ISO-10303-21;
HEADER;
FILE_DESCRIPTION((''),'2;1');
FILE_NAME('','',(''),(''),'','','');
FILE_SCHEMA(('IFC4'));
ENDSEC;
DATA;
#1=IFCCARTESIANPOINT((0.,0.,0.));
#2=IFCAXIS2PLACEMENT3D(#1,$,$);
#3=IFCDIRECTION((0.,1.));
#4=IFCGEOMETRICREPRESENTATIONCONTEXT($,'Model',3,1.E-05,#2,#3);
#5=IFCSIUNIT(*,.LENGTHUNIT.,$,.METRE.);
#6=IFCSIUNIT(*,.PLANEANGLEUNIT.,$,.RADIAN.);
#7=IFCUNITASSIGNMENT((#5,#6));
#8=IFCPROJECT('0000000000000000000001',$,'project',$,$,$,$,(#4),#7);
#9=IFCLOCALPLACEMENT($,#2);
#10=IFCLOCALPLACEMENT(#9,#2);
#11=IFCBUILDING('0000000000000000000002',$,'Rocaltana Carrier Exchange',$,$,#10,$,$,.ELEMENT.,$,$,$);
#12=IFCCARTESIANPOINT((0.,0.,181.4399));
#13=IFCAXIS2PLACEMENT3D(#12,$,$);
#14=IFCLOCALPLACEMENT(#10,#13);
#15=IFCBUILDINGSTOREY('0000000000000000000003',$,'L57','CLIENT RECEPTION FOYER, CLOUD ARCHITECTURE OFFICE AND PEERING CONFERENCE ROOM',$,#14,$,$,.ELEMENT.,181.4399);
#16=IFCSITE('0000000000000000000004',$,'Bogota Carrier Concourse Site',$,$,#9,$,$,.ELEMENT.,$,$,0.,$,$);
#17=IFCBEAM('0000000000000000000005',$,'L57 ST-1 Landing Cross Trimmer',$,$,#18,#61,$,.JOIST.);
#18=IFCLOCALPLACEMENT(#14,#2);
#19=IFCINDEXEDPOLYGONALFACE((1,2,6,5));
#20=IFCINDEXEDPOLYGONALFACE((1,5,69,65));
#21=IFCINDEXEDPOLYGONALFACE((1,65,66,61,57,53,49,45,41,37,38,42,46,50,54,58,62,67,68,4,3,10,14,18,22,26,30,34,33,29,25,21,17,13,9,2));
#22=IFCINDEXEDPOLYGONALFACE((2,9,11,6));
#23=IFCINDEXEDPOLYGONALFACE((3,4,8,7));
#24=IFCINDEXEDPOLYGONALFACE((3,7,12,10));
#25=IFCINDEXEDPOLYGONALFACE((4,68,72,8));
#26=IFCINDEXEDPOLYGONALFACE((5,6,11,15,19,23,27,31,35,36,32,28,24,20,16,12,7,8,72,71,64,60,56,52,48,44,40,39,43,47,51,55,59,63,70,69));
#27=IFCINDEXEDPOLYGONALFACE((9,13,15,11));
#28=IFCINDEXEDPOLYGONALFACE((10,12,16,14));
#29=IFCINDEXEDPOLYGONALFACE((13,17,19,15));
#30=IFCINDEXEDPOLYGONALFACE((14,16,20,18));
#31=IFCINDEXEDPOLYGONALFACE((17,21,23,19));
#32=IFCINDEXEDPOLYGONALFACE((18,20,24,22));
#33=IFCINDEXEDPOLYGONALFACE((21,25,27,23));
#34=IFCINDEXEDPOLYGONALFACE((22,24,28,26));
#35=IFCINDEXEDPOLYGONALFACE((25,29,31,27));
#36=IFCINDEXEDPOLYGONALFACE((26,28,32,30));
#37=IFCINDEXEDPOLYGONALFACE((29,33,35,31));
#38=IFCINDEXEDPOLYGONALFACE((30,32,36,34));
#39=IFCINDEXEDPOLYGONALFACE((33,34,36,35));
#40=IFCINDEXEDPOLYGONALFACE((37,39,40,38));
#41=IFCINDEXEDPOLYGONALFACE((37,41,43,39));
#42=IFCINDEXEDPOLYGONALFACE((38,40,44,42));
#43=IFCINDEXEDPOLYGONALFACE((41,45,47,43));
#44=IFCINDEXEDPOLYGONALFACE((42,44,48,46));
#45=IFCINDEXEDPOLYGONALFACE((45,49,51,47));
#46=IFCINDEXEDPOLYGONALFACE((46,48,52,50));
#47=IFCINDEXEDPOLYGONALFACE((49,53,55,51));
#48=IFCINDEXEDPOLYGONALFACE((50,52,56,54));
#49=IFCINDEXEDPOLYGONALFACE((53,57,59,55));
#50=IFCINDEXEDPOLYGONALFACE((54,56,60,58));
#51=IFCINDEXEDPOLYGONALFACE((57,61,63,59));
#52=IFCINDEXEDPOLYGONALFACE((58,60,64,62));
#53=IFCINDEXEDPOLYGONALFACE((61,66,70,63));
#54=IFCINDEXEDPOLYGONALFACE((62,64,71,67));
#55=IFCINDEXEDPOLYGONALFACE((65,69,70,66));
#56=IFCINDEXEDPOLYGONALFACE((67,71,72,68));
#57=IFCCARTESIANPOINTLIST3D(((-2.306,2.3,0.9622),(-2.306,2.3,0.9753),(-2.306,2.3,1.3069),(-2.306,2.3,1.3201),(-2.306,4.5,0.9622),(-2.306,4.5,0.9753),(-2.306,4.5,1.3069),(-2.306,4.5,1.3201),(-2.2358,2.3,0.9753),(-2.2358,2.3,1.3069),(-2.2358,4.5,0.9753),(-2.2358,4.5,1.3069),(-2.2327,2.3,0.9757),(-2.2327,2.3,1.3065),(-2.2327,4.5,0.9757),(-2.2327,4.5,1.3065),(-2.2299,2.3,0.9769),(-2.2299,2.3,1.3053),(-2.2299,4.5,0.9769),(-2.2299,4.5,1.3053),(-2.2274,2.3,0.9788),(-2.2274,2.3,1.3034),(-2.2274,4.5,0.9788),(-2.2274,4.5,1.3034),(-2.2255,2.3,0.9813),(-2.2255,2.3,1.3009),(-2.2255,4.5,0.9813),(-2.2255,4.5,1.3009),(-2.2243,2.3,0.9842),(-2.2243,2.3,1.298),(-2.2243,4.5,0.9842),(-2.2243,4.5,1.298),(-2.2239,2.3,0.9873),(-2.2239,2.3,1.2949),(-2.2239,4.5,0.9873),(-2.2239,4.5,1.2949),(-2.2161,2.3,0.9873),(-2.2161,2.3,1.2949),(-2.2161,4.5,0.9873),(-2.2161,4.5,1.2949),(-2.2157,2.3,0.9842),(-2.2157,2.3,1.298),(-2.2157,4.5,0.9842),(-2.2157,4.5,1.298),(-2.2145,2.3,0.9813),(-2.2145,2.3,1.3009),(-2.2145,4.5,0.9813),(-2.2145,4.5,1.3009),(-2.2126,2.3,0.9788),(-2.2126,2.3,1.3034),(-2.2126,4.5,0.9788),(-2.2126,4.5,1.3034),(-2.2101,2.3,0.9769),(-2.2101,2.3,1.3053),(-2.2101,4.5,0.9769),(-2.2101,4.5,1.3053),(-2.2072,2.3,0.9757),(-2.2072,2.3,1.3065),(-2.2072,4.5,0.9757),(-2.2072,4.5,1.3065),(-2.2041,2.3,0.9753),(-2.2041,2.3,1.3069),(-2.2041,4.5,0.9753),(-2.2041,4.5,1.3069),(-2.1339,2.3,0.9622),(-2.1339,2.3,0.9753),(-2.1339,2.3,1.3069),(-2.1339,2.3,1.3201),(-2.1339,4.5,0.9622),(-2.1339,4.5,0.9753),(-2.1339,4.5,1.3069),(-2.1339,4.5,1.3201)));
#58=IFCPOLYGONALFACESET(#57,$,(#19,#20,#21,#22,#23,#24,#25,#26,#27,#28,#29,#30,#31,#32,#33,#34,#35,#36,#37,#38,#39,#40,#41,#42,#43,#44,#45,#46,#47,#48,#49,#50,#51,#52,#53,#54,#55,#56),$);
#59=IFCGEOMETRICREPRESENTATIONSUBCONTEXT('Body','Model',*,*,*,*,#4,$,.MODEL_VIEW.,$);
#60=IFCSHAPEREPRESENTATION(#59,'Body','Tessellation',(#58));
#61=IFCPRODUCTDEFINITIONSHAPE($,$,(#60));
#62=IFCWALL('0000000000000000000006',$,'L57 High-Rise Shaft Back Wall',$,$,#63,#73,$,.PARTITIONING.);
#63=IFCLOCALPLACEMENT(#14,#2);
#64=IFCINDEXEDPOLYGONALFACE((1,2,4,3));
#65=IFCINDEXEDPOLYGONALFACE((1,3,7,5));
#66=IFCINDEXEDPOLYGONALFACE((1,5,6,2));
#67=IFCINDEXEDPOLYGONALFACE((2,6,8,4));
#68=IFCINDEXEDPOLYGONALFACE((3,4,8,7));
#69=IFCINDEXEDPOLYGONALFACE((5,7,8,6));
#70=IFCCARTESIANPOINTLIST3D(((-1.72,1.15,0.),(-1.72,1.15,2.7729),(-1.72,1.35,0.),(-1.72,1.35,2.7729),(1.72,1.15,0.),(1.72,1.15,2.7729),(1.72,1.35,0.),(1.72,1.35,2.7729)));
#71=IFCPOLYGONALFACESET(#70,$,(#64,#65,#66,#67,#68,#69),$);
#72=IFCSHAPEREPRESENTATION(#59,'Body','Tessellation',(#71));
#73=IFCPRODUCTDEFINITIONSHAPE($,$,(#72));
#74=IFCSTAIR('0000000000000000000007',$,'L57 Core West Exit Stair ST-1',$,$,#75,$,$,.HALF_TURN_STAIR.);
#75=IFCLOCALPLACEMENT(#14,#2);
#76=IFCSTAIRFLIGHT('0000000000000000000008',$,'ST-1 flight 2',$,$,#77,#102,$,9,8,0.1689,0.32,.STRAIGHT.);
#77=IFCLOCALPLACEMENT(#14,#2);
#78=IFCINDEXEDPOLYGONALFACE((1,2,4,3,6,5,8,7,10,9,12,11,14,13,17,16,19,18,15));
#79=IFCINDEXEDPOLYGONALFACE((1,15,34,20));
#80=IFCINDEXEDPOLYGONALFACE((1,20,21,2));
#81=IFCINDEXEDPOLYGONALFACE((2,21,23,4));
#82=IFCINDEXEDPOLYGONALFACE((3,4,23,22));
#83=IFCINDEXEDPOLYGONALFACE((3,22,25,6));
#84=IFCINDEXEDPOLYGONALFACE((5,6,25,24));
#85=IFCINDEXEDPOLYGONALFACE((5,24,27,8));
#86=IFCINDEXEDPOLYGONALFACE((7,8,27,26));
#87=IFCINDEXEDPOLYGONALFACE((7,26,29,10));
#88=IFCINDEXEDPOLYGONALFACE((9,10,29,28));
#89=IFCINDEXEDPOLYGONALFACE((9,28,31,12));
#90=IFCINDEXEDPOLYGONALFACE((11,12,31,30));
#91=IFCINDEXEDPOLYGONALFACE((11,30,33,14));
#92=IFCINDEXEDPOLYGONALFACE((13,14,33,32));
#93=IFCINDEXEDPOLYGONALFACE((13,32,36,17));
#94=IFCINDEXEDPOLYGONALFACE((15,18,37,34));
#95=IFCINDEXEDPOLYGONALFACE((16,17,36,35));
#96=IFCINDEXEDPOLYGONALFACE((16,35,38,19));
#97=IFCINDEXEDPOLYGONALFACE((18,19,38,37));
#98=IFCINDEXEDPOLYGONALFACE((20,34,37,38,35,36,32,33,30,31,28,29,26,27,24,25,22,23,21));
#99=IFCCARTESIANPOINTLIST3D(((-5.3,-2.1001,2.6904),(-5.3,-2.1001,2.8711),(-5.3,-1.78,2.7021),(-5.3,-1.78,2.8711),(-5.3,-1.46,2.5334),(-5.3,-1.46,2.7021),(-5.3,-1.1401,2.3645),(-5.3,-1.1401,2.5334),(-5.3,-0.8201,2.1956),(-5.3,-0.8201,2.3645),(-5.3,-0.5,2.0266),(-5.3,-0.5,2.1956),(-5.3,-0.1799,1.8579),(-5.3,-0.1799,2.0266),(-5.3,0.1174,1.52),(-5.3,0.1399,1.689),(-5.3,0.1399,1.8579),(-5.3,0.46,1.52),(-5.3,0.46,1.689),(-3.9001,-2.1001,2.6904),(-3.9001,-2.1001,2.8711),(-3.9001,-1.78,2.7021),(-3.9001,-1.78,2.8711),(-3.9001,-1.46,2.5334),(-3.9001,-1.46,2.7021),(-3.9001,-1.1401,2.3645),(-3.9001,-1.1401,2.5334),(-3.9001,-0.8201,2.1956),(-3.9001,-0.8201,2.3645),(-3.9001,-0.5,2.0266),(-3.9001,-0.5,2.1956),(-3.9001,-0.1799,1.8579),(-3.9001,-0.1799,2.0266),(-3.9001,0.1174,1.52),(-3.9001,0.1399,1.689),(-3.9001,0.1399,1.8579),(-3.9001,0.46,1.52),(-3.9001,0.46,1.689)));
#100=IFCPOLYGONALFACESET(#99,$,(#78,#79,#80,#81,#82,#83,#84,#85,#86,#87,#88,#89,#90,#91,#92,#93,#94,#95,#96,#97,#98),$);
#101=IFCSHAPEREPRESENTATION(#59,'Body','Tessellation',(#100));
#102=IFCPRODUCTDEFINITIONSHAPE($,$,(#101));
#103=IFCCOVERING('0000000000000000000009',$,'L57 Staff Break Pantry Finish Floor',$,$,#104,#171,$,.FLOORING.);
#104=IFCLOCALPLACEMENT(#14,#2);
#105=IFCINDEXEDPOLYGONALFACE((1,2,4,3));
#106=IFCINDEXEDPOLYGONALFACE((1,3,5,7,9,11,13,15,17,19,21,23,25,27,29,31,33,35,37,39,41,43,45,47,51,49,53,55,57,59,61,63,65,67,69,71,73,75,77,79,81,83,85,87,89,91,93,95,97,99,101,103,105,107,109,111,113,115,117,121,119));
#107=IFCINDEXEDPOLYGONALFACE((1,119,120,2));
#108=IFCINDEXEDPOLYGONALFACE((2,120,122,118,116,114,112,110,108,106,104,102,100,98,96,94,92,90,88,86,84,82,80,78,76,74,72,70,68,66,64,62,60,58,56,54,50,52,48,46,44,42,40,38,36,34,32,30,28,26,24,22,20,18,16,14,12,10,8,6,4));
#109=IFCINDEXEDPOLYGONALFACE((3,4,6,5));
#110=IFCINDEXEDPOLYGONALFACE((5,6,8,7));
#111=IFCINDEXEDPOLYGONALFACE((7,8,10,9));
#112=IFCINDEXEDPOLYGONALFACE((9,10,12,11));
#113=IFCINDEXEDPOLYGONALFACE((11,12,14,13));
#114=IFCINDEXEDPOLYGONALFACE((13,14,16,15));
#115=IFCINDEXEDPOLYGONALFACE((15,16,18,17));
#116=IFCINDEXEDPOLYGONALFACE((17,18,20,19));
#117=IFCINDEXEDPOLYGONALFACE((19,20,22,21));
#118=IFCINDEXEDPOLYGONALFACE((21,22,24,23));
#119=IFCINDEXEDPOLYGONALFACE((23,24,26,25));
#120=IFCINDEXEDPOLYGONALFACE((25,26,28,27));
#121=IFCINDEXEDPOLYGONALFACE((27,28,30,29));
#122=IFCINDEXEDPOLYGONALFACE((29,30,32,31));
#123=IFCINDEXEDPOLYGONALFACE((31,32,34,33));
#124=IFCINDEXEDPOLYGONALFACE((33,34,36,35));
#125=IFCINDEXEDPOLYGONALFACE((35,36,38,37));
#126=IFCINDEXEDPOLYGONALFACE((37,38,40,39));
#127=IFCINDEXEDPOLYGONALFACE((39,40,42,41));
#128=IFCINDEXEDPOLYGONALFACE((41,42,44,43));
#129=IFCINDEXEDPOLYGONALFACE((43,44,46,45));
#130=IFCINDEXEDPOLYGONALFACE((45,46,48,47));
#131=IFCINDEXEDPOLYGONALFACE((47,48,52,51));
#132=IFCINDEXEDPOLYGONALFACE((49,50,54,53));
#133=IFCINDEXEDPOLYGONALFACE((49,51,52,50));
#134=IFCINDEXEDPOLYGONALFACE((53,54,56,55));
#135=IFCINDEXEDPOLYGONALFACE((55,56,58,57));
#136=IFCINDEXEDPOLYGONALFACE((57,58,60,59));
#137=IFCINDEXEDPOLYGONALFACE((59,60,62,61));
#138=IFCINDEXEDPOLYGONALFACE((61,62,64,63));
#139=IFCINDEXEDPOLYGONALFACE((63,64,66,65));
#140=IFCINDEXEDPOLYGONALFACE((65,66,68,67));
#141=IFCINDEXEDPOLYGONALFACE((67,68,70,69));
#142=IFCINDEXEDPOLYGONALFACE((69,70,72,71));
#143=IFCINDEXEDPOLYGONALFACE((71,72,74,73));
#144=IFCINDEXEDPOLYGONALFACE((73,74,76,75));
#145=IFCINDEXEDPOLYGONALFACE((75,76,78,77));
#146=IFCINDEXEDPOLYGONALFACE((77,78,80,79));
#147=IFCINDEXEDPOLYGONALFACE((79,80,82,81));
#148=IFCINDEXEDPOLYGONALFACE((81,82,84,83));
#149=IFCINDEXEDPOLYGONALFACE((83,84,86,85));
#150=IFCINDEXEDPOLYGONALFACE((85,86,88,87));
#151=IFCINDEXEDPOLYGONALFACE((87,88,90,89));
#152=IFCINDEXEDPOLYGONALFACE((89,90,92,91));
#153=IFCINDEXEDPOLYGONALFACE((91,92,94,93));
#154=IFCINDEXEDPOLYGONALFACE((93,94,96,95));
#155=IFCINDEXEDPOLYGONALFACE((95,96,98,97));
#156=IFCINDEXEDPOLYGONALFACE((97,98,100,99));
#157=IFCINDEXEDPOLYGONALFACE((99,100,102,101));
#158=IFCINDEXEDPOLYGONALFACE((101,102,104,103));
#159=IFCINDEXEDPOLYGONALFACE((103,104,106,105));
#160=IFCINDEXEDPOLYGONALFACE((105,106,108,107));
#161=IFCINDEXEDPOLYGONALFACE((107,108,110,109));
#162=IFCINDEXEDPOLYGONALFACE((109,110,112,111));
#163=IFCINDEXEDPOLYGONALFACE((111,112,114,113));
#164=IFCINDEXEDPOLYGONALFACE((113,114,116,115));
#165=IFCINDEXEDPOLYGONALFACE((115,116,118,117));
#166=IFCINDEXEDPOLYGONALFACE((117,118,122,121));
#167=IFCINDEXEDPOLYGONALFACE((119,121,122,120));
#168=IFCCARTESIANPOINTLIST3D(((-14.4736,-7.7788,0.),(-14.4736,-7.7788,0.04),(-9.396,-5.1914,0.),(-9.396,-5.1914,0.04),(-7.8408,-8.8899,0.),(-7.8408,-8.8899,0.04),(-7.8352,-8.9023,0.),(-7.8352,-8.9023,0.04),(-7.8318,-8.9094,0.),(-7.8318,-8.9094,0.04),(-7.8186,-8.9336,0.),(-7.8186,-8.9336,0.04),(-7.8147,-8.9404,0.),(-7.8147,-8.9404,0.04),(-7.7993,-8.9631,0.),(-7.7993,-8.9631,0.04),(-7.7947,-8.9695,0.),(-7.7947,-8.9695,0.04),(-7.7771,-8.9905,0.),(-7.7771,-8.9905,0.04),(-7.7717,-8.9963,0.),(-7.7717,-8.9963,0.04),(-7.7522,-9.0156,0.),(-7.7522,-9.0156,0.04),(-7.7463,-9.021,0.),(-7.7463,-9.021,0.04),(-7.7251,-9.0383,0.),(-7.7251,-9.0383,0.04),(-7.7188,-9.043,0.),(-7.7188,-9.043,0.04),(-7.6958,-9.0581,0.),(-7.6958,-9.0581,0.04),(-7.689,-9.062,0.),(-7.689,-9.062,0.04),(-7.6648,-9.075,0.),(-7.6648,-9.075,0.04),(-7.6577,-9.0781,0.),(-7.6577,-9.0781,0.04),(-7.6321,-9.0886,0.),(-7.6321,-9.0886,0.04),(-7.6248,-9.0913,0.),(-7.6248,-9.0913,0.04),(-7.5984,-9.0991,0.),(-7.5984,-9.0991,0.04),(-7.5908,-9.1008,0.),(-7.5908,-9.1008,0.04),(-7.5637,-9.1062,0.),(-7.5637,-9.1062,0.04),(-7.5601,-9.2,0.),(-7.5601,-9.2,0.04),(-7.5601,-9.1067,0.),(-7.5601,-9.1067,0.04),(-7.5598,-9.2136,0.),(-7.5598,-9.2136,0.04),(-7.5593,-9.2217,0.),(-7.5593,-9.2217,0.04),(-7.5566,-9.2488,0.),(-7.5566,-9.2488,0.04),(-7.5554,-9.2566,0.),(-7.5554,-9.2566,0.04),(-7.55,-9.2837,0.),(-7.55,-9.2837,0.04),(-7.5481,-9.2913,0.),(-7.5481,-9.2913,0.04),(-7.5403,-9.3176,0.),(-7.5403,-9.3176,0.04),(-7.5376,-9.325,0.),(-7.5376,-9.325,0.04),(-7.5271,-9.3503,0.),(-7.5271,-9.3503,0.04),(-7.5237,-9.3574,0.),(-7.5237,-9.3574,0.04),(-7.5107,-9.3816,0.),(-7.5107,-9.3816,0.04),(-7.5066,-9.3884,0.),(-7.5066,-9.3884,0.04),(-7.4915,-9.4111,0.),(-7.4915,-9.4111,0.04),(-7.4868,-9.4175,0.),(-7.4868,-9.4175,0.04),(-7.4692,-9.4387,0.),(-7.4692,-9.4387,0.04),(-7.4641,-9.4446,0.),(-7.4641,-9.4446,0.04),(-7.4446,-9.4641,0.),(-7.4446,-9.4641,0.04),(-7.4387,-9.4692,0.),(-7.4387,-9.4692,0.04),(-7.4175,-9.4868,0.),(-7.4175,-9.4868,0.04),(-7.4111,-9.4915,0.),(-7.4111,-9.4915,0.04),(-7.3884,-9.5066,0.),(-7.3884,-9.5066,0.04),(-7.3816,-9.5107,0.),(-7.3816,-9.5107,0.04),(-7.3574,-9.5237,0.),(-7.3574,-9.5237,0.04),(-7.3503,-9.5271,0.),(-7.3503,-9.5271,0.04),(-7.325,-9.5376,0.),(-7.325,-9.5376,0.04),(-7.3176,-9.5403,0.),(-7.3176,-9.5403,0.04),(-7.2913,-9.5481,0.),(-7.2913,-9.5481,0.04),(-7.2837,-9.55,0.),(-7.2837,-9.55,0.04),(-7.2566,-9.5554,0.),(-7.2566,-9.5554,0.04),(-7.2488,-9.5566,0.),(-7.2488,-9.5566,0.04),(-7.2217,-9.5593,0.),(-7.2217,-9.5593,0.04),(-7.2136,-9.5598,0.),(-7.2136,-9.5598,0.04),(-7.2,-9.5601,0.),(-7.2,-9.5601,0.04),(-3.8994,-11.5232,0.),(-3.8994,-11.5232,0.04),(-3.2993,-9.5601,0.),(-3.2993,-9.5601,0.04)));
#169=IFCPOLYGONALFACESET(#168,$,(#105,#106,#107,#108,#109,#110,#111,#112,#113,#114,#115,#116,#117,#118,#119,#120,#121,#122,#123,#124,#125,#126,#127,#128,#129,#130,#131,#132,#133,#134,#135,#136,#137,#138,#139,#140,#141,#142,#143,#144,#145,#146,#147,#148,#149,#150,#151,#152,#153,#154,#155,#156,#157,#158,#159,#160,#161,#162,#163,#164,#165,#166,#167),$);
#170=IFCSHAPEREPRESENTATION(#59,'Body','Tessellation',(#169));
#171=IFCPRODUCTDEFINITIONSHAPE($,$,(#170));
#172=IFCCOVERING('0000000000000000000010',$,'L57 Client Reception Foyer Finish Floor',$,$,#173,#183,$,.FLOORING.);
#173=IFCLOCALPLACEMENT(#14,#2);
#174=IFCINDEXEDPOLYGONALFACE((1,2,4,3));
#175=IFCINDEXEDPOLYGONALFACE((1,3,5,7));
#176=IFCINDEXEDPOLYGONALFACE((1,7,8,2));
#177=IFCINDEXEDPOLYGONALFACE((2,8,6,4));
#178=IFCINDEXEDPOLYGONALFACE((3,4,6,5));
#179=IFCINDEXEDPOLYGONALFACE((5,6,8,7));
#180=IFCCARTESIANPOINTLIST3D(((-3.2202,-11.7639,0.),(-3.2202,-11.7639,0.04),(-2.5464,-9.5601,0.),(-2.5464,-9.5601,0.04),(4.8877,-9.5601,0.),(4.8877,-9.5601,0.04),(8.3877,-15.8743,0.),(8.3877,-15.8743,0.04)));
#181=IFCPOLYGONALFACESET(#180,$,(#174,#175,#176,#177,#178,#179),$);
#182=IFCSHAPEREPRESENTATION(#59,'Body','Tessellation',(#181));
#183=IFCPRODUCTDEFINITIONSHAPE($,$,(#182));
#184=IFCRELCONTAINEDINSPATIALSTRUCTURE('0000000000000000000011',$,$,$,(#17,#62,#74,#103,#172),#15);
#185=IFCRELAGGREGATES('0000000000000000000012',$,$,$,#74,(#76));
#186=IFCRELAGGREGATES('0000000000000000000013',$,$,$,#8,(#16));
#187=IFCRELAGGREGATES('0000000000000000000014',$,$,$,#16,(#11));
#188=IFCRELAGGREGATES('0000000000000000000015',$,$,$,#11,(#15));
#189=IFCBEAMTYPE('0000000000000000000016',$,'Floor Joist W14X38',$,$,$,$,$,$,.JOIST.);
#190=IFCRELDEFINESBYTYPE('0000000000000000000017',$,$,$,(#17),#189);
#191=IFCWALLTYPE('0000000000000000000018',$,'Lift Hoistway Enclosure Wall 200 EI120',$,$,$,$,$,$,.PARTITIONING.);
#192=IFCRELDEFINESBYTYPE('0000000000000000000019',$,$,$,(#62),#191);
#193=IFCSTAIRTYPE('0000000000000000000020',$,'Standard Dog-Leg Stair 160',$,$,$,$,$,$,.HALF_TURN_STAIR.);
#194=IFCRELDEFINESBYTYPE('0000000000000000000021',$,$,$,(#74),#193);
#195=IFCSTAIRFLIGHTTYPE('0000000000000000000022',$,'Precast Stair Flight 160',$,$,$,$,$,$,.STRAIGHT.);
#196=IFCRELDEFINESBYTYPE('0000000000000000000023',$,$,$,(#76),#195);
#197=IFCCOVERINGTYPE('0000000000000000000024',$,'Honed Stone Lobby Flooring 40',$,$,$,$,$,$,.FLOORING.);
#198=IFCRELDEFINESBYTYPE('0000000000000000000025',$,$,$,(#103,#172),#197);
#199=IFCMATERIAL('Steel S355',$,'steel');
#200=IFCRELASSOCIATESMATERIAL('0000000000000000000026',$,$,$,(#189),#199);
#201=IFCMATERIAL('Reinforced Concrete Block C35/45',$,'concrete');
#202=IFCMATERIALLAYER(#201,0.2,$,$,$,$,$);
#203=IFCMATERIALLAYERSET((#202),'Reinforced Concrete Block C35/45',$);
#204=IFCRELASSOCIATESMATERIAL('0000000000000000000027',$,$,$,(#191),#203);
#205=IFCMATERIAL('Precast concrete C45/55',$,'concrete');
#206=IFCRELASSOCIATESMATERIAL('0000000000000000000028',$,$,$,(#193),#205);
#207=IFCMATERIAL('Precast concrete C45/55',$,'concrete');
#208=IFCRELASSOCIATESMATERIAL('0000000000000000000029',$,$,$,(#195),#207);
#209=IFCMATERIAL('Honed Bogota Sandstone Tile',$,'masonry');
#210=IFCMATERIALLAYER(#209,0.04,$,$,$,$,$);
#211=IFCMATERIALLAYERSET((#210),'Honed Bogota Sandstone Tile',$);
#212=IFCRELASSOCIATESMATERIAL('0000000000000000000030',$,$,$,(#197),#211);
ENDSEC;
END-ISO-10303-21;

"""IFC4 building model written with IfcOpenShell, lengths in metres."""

from ifc_helpers import new_model, si_unit, direction, frame, frame_2d, origin, origin_2d, place, context, subcontext, project, spatial, polyline, rectangle, i_section, outline, extrude, material, layer, layer_set, material_profile, profile_set, type_object, element, aggregate, save


model = new_model("IFC4")

# Units and contexts
model_context = context("Model", 3, precision=1e-05, world=origin(), true_north=direction((0.0, 1.0)))
body_context = subcontext(model_context, "Body", "Model", "MODEL_VIEW")
ifc_project = project(units=[si_unit("LENGTHUNIT", "METRE"), si_unit("PLANEANGLEUNIT", "RADIAN")], contexts=[model_context])

# Site, building, storey
site_placement = place(None, origin())
site = spatial("IfcSite", under=ifc_project, at=site_placement, Name="Bogota Carrier Concourse Site", CompositionType="ELEMENT", RefElevation=0.0)
building_placement = place(site_placement, origin())
building = spatial("IfcBuilding", under=site, at=building_placement, Name="Rocaltana Carrier Exchange", CompositionType="ELEMENT")
storey_placement = place(building_placement, frame((0.0, 0.0, 181.4399)))
storey = spatial("IfcBuildingStorey", under=building, at=storey_placement, Name="L57", Description="CLIENT RECEPTION FOYER, CLOUD ARCHITECTURE OFFICE AND PEERING CONFERENCE ROOM", CompositionType="ELEMENT", Elevation=181.4399)

# Beam
ifc_material_1 = material(Name="Steel S355", Category="steel")
ifc_material_profile = material_profile(ifc_material_1, i_section(OverallWidth=0.1721, OverallDepth=0.3579, WebThickness=0.0078, FlangeThickness=0.0132, FilletRadius=0.012, at=origin_2d()), Name="W14X38")
ifc_profile_set = profile_set([ifc_material_profile], Name="Steel S355")
beam_type = type_object("IfcBeamType", Name="Floor Joist W14X38", PredefinedType="JOIST", material=ifc_profile_set)
beam_placement = place(storey_placement, frame((-2.22, 2.3, 1.1411), z_axis=(0.0, 1.0, 0.0), x_axis=(-1.0, 0.0, 0.0)))
element("IfcBeam", 1, at=beam_placement, inside=storey, type_object=beam_type, Name="L57 ST-1 Landing Cross Trimmer", PredefinedType="JOIST", context=body_context, shape_type="SweptSolid", body=[
    extrude(i_section(OverallWidth=0.1721, OverallDepth=0.3579, WebThickness=0.0078, FlangeThickness=0.0132, FilletRadius=0.012, at=origin_2d()), origin(), (0.0, 0.0, 1.0), 2.2),
])

# Wall
ifc_material_2 = material(Name="Reinforced Concrete Block C35/45", Category="concrete")
ifc_layer_1 = layer(ifc_material_2, 0.2)
ifc_layer_set_1 = layer_set([ifc_layer_1], Name="Reinforced Concrete Block C35/45")
wall_type = type_object("IfcWallType", Name="Lift Hoistway Enclosure Wall 200 EI120", PredefinedType="PARTITIONING", material=ifc_layer_set_1)
wall_placement = place(storey_placement, frame((-1.72, 1.25, 0.0), z_axis=(0.0, 0.0, 1.0), x_axis=(1.0, 0.0, 0.0)))
element("IfcWall", 2, at=wall_placement, inside=storey, type_object=wall_type, Name="L57 High-Rise Shaft Back Wall", PredefinedType="PARTITIONING", context=body_context, shape_type="SweptSolid", body=[
    extrude(rectangle(XDim=3.4399, YDim=0.2, at=frame_2d((1.72, 0.0))), origin(), (0.0, 0.0, 1.0), 2.7729),
])

# Stair, stair flight
ifc_material_3 = material(Name="Precast concrete C45/55", Category="concrete")
stair_type = type_object("IfcStairType", Name="Standard Dog-Leg Stair 160", PredefinedType="HALF_TURN_STAIR", material=ifc_material_3)
stair_placement = place(storey_placement, origin())
stair = element("IfcStair", 3, at=stair_placement, inside=storey, type_object=stair_type, Name="L57 Core West Exit Stair ST-1", PredefinedType="HALF_TURN_STAIR")
ifc_material_4 = material(Name="Precast concrete C45/55", Category="concrete")
stair_flight_type = type_object("IfcStairFlightType", Name="Precast Stair Flight 160", PredefinedType="STRAIGHT", material=ifc_material_4)
stair_flight_placement = place(storey_placement, frame((-4.6001, 0.46, 1.52), z_axis=(0.0, 0.0, 1.0), x_axis=(0.0, -1.0, 0.0)))
stair_flight = element("IfcStairFlight", 4, at=stair_flight_placement, type_object=stair_flight_type, Name="ST-1 flight 2", NumberOfRisers=9, NumberOfTreads=8, PredefinedType="STRAIGHT", RiserHeight=0.1689, TreadLength=0.32, context=body_context, shape_type="SweptSolid", body=[
    extrude(outline(polyline([(0.0, 0.0), (0.0, 0.1689), (0.3201, 0.1689), (0.3201, 0.3379), (0.6399, 0.3379), (0.6399, 0.5066), (0.96, 0.5066), (0.96, 0.6755), (1.28, 0.6755), (1.28, 0.8445), (1.6001, 0.8445), (1.6001, 1.0134), (1.9199, 1.0134), (1.9199, 1.1821), (2.24, 1.1821), (2.24, 1.3511), (2.5601, 1.3511), (2.5601, 1.52), (2.5601, 1.1704), (0.3425, 0.0), (0.0, 0.0)])), frame((0.0, 0.7, 0.0), z_axis=(0.0, -1.0, 0.0), x_axis=(1.0, 0.0, 0.0)), (0.0, 0.0, 1.0), 1.3999),
])
aggregate(stair, [stair_flight])

# Coverings
ifc_material_5 = material(Name="Honed Bogota Sandstone Tile", Category="masonry")
ifc_layer_2 = layer(ifc_material_5, 0.04)
ifc_layer_set_2 = layer_set([ifc_layer_2], Name="Honed Bogota Sandstone Tile")
covering_type_1 = type_object("IfcCoveringType", Name="Honed Stone Lobby Flooring 40", PredefinedType="FLOORING", material=ifc_layer_set_2)
covering_1_placement = place(storey_placement, origin())
element("IfcCovering", 5, at=covering_1_placement, inside=storey, type_object=covering_type_1, Name="L57 Staff Break Pantry Finish Floor", PredefinedType="FLOORING", context=body_context, shape_type="SweptSolid", body=[
    extrude(outline(polyline([(-14.4736, -7.7788), (-9.396, -5.1914), (-7.8408, -8.8899), (-7.8352, -8.9023), (-7.8318, -8.9094), (-7.8186, -8.9336), (-7.8147, -8.9404), (-7.7993, -8.9631), (-7.7947, -8.9695), (-7.7771, -8.9905), (-7.7717, -8.9963), (-7.7522, -9.0156), (-7.7463, -9.021), (-7.7251, -9.0383), (-7.7188, -9.043), (-7.6958, -9.0581), (-7.689, -9.062), (-7.6648, -9.075), (-7.6577, -9.0781), (-7.6321, -9.0886), (-7.6248, -9.0913), (-7.5984, -9.0991), (-7.5908, -9.1008), (-7.5637, -9.1062), (-7.5601, -9.1067), (-7.5601, -9.2), (-7.5598, -9.2136), (-7.5593, -9.2217), (-7.5566, -9.2488), (-7.5554, -9.2566), (-7.55, -9.2837), (-7.5481, -9.2913), (-7.5403, -9.3176), (-7.5376, -9.325), (-7.5271, -9.3503), (-7.5237, -9.3574), (-7.5107, -9.3816), (-7.5066, -9.3884), (-7.4915, -9.4111), (-7.4868, -9.4175), (-7.4692, -9.4387), (-7.4641, -9.4446), (-7.4446, -9.4641), (-7.4387, -9.4692), (-7.4175, -9.4868), (-7.4111, -9.4915), (-7.3884, -9.5066), (-7.3816, -9.5107), (-7.3574, -9.5237), (-7.3503, -9.5271), (-7.325, -9.5376), (-7.3176, -9.5403), (-7.2913, -9.5481), (-7.2837, -9.55), (-7.2566, -9.5554), (-7.2488, -9.5566), (-7.2217, -9.5593), (-7.2136, -9.5598), (-7.2, -9.5601), (-3.2993, -9.5601), (-3.8994, -11.5232), (-14.4736, -7.7788)])), origin(), (0.0, 0.0, 1.0), 0.04),
])
covering_2_placement = place(storey_placement, origin())
element("IfcCovering", 6, at=covering_2_placement, inside=storey, type_object=covering_type_1, Name="L57 Client Reception Foyer Finish Floor", PredefinedType="FLOORING", context=body_context, shape_type="SweptSolid", body=[
    extrude(outline(polyline([(-3.2202, -11.7639), (-2.5464, -9.5601), (4.8877, -9.5601), (8.3877, -15.8743), (-3.2202, -11.7639)])), origin(), (0.0, 0.0, 1.0), 0.04),
])

save(model, "model.ifc")
